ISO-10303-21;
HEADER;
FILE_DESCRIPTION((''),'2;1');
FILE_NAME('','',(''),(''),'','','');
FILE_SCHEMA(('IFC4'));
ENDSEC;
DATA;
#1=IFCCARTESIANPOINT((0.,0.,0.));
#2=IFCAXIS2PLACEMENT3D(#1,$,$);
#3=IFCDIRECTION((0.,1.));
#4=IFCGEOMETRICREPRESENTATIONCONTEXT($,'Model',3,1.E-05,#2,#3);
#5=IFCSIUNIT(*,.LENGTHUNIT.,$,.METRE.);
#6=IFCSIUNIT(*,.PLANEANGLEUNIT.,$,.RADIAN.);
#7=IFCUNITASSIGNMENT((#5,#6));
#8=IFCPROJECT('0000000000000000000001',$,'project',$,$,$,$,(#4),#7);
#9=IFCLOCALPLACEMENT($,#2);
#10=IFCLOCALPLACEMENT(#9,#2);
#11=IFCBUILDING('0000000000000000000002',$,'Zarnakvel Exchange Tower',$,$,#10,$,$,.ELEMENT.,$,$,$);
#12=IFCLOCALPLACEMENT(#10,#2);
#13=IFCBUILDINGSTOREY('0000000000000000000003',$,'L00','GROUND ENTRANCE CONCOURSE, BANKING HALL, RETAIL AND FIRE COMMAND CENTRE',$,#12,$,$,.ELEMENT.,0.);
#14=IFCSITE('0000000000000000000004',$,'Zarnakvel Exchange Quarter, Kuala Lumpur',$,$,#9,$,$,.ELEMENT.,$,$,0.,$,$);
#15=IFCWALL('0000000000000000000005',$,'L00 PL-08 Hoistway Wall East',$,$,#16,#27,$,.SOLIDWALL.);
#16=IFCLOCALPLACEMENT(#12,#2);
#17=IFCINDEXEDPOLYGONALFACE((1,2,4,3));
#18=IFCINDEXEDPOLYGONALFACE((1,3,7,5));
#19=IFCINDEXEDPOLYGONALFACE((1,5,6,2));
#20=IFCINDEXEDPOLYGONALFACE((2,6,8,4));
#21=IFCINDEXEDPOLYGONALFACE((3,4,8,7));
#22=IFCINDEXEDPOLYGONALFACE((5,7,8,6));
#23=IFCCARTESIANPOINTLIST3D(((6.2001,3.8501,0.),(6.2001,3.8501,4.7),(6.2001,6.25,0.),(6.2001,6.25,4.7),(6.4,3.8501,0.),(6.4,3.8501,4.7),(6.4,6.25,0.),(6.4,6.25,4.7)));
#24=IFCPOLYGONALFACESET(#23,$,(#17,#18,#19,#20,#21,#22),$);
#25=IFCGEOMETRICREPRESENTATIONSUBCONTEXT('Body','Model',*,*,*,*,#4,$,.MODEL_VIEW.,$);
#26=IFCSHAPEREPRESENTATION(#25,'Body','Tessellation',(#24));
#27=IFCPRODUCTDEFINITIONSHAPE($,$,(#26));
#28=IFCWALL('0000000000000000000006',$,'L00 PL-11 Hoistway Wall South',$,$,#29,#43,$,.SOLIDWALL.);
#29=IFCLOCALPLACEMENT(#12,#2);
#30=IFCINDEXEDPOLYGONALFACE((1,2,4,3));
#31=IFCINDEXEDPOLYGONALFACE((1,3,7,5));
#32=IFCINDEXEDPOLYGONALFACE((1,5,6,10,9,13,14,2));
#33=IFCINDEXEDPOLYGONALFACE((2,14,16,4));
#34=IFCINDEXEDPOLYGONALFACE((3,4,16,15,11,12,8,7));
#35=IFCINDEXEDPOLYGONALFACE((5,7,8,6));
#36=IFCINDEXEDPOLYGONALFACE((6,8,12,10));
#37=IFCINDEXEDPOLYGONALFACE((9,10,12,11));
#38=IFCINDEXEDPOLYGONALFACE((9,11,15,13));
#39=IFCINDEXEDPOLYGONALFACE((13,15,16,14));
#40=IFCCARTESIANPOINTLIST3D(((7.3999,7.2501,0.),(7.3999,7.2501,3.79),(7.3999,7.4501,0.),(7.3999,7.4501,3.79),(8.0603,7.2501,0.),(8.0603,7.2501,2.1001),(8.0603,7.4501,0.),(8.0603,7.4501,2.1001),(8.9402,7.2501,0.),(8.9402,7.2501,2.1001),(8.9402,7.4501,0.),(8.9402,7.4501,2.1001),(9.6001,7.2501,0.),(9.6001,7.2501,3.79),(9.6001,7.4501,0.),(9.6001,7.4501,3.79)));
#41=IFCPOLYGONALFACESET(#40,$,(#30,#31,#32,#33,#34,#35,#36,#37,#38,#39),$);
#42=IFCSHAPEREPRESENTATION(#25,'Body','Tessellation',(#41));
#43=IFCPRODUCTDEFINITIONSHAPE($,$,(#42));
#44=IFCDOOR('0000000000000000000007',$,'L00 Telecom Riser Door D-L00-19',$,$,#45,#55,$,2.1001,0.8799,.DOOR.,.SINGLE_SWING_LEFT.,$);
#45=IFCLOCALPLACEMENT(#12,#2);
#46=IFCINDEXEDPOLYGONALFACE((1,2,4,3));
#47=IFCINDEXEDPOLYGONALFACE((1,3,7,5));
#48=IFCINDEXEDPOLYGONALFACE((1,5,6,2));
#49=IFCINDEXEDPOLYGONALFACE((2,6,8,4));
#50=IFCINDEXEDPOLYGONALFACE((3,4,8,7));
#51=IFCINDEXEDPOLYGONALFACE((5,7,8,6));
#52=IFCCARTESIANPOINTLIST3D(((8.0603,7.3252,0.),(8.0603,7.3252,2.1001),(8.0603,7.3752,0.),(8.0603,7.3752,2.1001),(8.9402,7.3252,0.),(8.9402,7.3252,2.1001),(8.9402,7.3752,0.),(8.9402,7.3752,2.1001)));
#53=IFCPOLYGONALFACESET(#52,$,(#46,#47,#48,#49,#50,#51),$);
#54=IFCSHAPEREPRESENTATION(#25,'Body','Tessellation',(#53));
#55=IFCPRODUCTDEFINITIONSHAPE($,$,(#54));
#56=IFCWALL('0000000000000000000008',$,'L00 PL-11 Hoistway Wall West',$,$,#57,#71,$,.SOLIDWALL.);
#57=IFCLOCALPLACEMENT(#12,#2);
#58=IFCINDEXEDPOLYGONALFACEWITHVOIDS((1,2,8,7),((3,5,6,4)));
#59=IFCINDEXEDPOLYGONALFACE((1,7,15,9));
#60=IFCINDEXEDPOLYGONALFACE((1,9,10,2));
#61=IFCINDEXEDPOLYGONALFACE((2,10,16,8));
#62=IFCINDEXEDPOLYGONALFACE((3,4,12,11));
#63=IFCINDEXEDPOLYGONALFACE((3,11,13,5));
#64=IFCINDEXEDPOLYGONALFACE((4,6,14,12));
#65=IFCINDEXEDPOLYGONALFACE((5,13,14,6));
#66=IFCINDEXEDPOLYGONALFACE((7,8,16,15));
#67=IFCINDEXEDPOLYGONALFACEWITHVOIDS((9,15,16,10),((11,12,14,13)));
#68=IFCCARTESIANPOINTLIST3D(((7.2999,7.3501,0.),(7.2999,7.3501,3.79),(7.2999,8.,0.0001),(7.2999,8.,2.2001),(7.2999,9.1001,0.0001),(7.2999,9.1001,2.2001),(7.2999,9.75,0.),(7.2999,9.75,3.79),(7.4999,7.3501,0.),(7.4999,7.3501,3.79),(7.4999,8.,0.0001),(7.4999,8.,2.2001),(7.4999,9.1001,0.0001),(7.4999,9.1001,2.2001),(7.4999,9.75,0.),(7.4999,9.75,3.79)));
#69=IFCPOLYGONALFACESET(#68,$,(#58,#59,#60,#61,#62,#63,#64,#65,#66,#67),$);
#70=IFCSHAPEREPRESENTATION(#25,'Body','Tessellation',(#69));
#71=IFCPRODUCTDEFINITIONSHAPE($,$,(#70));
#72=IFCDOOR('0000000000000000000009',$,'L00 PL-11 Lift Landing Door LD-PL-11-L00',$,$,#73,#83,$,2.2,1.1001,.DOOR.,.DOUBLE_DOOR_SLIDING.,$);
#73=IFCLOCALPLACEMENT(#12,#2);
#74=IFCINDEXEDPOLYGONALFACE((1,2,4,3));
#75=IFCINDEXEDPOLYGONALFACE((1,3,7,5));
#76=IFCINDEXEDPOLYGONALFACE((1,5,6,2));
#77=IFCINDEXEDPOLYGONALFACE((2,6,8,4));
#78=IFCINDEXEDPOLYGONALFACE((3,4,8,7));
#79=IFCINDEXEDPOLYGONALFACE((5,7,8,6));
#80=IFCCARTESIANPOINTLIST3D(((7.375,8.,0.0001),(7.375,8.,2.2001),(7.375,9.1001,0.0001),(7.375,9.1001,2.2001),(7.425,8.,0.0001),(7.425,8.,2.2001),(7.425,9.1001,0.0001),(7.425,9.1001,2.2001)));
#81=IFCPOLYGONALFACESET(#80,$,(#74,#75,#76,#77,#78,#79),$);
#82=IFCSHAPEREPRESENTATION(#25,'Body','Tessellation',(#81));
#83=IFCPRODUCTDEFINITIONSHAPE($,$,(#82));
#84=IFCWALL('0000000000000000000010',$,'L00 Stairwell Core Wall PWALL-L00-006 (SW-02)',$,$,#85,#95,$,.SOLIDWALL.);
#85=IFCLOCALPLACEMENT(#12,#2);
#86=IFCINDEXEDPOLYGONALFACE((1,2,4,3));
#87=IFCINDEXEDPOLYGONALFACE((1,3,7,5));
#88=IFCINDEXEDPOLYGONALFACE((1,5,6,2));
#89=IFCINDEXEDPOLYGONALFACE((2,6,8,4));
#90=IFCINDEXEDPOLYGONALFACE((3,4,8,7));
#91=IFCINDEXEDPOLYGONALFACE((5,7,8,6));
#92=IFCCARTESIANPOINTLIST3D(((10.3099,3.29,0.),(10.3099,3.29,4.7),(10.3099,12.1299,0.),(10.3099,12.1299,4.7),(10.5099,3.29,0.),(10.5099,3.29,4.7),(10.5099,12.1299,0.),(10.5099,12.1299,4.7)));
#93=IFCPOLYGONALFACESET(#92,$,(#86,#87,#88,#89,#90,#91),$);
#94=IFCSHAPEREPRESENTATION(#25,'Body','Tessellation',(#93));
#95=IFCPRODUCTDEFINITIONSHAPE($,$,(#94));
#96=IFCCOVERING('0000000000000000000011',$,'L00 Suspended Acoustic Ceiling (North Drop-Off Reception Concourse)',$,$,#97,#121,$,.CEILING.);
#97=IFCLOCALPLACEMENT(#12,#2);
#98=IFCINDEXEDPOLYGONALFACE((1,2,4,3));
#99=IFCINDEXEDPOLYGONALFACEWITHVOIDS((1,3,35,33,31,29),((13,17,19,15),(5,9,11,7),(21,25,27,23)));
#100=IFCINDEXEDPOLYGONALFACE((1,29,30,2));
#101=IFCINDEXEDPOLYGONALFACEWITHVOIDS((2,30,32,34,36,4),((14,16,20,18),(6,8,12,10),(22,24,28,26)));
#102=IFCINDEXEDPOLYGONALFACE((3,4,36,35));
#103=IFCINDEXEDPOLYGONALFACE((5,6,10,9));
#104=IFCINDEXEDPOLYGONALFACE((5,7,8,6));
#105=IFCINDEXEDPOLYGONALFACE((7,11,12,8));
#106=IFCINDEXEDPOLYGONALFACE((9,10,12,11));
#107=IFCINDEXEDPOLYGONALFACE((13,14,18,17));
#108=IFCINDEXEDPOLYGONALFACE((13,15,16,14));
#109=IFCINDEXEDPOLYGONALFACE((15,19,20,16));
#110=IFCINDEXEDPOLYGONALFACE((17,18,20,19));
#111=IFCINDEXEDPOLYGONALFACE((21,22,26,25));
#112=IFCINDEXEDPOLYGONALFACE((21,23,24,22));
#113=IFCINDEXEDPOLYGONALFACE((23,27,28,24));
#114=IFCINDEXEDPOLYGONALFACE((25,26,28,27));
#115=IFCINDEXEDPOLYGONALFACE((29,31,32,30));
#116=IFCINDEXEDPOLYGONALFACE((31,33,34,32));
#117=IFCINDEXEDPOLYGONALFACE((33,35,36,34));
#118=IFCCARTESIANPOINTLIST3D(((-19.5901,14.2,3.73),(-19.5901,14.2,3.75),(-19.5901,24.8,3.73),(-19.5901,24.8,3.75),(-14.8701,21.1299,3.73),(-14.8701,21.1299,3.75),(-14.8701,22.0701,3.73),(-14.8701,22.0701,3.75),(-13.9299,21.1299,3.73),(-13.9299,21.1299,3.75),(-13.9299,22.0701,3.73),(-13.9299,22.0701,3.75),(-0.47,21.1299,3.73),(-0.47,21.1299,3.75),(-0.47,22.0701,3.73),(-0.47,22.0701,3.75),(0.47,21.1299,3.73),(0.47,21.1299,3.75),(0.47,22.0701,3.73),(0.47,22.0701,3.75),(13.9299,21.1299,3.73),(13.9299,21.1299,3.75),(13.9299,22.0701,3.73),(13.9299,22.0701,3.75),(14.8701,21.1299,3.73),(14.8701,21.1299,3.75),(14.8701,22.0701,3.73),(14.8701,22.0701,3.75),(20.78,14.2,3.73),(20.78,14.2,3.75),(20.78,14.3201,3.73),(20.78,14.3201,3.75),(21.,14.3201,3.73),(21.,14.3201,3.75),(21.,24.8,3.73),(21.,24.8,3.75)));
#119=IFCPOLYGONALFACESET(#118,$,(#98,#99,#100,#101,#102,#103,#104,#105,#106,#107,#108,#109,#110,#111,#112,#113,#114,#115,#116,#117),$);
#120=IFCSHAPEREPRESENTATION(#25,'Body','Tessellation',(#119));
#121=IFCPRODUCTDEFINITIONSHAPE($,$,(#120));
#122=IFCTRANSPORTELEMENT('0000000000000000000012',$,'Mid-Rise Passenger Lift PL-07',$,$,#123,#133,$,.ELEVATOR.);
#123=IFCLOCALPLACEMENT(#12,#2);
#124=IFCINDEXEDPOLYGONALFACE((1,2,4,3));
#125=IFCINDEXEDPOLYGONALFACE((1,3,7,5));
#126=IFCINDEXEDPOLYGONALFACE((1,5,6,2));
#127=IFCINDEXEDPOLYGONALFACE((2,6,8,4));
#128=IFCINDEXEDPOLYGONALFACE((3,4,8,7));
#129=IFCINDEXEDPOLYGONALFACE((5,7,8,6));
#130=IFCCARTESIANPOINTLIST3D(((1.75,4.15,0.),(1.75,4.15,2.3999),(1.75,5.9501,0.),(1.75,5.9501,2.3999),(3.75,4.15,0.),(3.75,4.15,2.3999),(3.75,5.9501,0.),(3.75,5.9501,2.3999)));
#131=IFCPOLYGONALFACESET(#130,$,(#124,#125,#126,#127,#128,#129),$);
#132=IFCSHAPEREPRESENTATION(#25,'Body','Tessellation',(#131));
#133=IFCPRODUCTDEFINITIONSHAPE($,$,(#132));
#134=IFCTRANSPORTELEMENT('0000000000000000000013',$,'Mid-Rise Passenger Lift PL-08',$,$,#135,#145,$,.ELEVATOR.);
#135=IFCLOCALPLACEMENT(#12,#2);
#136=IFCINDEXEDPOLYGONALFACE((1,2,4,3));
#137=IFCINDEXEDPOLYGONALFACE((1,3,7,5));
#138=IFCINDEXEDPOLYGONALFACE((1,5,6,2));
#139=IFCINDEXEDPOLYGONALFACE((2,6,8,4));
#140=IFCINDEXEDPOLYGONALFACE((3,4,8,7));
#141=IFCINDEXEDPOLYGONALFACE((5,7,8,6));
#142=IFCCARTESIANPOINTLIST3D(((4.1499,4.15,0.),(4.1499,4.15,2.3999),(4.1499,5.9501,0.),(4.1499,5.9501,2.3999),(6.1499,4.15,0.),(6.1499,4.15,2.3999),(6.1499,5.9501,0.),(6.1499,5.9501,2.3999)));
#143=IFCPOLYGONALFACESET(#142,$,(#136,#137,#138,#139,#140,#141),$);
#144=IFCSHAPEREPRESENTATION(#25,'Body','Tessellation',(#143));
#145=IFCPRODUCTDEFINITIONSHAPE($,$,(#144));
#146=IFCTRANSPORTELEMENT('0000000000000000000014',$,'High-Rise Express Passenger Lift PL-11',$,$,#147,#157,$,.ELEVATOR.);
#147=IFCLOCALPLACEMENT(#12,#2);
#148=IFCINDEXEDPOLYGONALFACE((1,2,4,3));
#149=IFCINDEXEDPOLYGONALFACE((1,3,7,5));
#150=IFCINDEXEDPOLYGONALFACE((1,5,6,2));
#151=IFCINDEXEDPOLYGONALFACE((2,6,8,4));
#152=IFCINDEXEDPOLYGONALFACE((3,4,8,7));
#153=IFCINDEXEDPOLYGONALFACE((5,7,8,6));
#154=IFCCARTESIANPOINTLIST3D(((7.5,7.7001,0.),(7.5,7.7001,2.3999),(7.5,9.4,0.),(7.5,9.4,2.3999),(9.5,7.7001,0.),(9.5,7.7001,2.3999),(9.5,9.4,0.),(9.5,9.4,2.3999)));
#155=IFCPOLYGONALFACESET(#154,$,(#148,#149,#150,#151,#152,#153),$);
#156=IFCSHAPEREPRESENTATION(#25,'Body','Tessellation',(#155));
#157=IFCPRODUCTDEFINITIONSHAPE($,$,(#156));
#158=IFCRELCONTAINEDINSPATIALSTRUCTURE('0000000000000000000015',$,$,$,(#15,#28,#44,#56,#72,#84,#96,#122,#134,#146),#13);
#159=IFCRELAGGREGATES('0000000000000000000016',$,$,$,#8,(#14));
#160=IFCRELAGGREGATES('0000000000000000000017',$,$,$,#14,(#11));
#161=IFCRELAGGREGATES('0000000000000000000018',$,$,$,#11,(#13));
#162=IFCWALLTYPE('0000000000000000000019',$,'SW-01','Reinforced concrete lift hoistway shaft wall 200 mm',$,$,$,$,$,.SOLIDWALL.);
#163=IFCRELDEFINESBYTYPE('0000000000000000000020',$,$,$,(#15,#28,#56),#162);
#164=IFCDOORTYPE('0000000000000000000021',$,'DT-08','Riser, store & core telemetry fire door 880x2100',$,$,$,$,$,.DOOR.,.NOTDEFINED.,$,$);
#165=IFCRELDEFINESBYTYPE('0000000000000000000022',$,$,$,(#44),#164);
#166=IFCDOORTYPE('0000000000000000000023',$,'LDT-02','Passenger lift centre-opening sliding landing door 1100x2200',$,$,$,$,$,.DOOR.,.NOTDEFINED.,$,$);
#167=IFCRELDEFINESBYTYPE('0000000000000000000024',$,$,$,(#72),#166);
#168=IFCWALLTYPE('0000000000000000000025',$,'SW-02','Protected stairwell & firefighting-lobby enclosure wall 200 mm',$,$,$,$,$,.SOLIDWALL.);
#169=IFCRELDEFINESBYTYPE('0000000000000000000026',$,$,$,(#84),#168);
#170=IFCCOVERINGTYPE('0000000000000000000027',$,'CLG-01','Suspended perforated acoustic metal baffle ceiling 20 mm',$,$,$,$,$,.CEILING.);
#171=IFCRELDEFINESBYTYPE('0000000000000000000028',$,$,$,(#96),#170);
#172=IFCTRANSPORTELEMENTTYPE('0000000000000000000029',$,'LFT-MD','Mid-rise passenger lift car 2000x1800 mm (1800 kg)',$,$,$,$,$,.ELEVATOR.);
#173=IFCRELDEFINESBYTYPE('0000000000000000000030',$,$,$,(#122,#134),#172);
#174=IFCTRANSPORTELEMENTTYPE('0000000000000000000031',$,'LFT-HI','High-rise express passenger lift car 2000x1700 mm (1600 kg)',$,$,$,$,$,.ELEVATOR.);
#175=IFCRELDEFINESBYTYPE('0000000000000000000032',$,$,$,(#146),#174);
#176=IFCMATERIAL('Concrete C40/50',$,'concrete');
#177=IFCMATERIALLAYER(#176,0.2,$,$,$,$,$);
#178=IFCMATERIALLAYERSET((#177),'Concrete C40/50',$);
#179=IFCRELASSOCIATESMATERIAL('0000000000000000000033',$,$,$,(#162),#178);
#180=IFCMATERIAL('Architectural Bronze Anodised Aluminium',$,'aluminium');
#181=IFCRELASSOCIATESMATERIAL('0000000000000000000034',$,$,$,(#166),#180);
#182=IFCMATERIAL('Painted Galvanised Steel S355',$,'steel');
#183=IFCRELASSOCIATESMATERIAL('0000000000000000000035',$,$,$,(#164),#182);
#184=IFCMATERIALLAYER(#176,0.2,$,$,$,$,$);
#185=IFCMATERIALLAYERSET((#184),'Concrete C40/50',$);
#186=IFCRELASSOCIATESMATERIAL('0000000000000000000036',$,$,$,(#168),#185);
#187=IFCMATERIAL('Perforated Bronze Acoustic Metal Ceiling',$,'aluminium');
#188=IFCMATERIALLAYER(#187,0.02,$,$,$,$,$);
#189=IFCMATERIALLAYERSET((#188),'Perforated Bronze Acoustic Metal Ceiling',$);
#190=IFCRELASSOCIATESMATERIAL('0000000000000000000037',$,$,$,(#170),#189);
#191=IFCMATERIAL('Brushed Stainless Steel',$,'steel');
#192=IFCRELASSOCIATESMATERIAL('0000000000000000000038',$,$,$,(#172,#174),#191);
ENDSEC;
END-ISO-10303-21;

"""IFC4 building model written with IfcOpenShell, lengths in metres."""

from ifc_helpers import new_model, si_unit, direction, frame, frame_2d, origin, origin_2d, place, context, subcontext, project, spatial, polyline, rectangle, outline, extrude, source, transform, mapped, material, layer, layer_set, type_object, element, fill, save


model = new_model("IFC4")

# Units and contexts
model_context = context("Model", 3, precision=1e-05, world=origin(), true_north=direction((0.0, 1.0)))
body_context = subcontext(model_context, "Body", "Model", "MODEL_VIEW")
ifc_project = project(units=[si_unit("LENGTHUNIT", "METRE"), si_unit("PLANEANGLEUNIT", "RADIAN")], contexts=[model_context])

# Site, building, storey
site_placement = place(None, origin())
site = spatial("IfcSite", under=ifc_project, at=site_placement, Name="Zarnakvel Exchange Quarter, Kuala Lumpur", CompositionType="ELEMENT", RefElevation=0.0)
building_placement = place(site_placement, origin())
building = spatial("IfcBuilding", under=site, at=building_placement, Name="Zarnakvel Exchange Tower", CompositionType="ELEMENT")
storey_placement = place(building_placement, origin())
storey = spatial("IfcBuildingStorey", under=building, at=storey_placement, Name="L00", Description="GROUND ENTRANCE CONCOURSE, BANKING HALL, RETAIL AND FIRE COMMAND CENTRE", CompositionType="ELEMENT", Elevation=0.0)

# Shared definitions
ifc_material_1 = material(Name="Concrete C40/50", Category="concrete")
ifc_layer_1 = layer(ifc_material_1, 0.2)
ifc_layer_set_1 = layer_set([ifc_layer_1], Name="Concrete C40/50")
wall_type_1 = type_object("IfcWallType", Name="SW-01", Description="Reinforced concrete lift hoistway shaft wall 200 mm", PredefinedType="SOLIDWALL", material=ifc_layer_set_1)
ifc_material_2 = material(Name="Brushed Stainless Steel", Category="steel")
shared_shape_1 = source(origin(), body_context, "Body", "SweptSolid", [
    extrude(rectangle(XDim=1.1001, YDim=2.2, at=frame_2d((0.55, 1.1001))), frame((0.0, 0.0249, 0.0), z_axis=(0.0, -1.0, 0.0), x_axis=(1.0, 0.0, 0.0)), (0.0, 0.0, 1.0), 0.05),
])

# Shared definitions
ifc_material_3 = material(Name="Architectural Bronze Anodised Aluminium", Category="aluminium")
door_type_1 = type_object("IfcDoorType", Name="LDT-02", Description="Passenger lift centre-opening sliding landing door 1100x2200", OperationType="NOTDEFINED", PredefinedType="DOOR", material=ifc_material_3)

# Wall
wall_1_placement = place(storey_placement, frame((6.3, 6.25, 0.0), z_axis=(0.0, 0.0, 1.0), x_axis=(0.0, -1.0, 0.0)))
element("IfcWall", 1, at=wall_1_placement, inside=storey, type_object=wall_type_1, Name="L00 PL-08 Hoistway Wall East", PredefinedType="SOLIDWALL", context=body_context, shape_type="SweptSolid", body=[
    extrude(rectangle(XDim=2.3999, YDim=0.2, at=frame_2d((1.2, 0.0))), origin(), (0.0, 0.0, 1.0), 4.7),
])

# Walls, openings, doors
wall_2_placement = place(storey_placement, frame((9.6001, 7.3501, 0.0), z_axis=(0.0, 0.0, 1.0), x_axis=(-1.0, 0.0, 0.0)))
wall_2 = element("IfcWall", 2, at=wall_2_placement, inside=storey, type_object=wall_type_1, Name="L00 PL-11 Hoistway Wall South", PredefinedType="SOLIDWALL", context=body_context, shape_type="SweptSolid", body=[
    extrude(rectangle(XDim=2.2002, YDim=0.2, at=frame_2d((1.1001, 0.0))), origin(), (0.0, 0.0, 1.0), 3.79),
])
opening_1_placement = place(wall_2_placement, frame((0.6599, 0.0, 0.0)))
opening_1 = element("IfcOpeningElement", 3, at=opening_1_placement, cuts=wall_2, PredefinedType="OPENING", context=body_context, shape_type="SweptSolid", body=[
    extrude(rectangle(XDim=0.8799, YDim=2.1001, at=frame_2d((0.4399, 1.05))), frame((0.0, 0.1099, 0.0), z_axis=(0.0, -1.0, 0.0), x_axis=(1.0, 0.0, 0.0)), (0.0, 0.0, 1.0), 0.22),
])
ifc_material_4 = material(Name="Painted Galvanised Steel S355", Category="steel")
door_type_2 = type_object("IfcDoorType", Name="DT-08", Description="Riser, store & core telemetry fire door 880x2100", OperationType="NOTDEFINED", PredefinedType="DOOR", material=ifc_material_4)
shared_shape_2 = source(origin(), body_context, "Body", "SweptSolid", [
    extrude(rectangle(XDim=0.8799, YDim=2.1001, at=frame_2d((0.4399, 1.05))), frame((0.0, 0.0249, 0.0), z_axis=(0.0, -1.0, 0.0), x_axis=(1.0, 0.0, 0.0)), (0.0, 0.0, 1.0), 0.05),
])
door_1_placement = place(opening_1_placement, origin())
door_1 = element("IfcDoor", 4, at=door_1_placement, inside=storey, type_object=door_type_2, Name="L00 Telecom Riser Door D-L00-19", OperationType="SINGLE_SWING_LEFT", OverallHeight=2.1001, OverallWidth=0.8799, PredefinedType="DOOR", context=body_context, shape_type="MappedRepresentation", body=[
    mapped(shared_shape_2, transform((0.0, 0.0, 0.0), x_axis=(1.0, 0.0, 0.0), y_axis=(0.0, 1.0, 0.0), z_axis=(0.0, 0.0, 1.0), scale=1.0)),
])
fill(opening_1, door_1)
wall_3_placement = place(storey_placement, frame((7.3999, 7.3501, 0.0), z_axis=(0.0, 0.0, 1.0), x_axis=(0.0, 1.0, 0.0)))
wall_3 = element("IfcWall", 5, at=wall_3_placement, inside=storey, type_object=wall_type_1, Name="L00 PL-11 Hoistway Wall West", PredefinedType="SOLIDWALL", context=body_context, shape_type="SweptSolid", body=[
    extrude(rectangle(XDim=2.3999, YDim=0.2, at=frame_2d((1.2, 0.0))), origin(), (0.0, 0.0, 1.0), 3.79),
])
opening_2_placement = place(wall_3_placement, frame((0.6499, 0.0, 0.0)))
opening_2 = element("IfcOpeningElement", 6, at=opening_2_placement, cuts=wall_3, PredefinedType="OPENING", context=body_context, shape_type="SweptSolid", body=[
    extrude(rectangle(XDim=1.1001, YDim=2.2, at=frame_2d((0.55, 1.1001))), frame((0.0, 0.1099, 0.0), z_axis=(0.0, -1.0, 0.0), x_axis=(1.0, 0.0, 0.0)), (0.0, 0.0, 1.0), 0.22),
])
door_2_placement = place(opening_2_placement, origin())
door_2 = element("IfcDoor", 7, at=door_2_placement, inside=storey, type_object=door_type_1, Name="L00 PL-11 Lift Landing Door LD-PL-11-L00", OperationType="DOUBLE_DOOR_SLIDING", OverallHeight=2.2, OverallWidth=1.1001, PredefinedType="DOOR", context=body_context, shape_type="MappedRepresentation", body=[
    mapped(shared_shape_1, transform((0.0, 0.0, 0.0), x_axis=(1.0, 0.0, 0.0), y_axis=(0.0, 1.0, 0.0), z_axis=(0.0, 0.0, 1.0), scale=1.0)),
])
fill(opening_2, door_2)

# Wall
ifc_layer_2 = layer(ifc_material_1, 0.2)
ifc_layer_set_2 = layer_set([ifc_layer_2], Name="Concrete C40/50")
wall_type_2 = type_object("IfcWallType", Name="SW-02", Description="Protected stairwell & firefighting-lobby enclosure wall 200 mm", PredefinedType="SOLIDWALL", material=ifc_layer_set_2)
wall_4_placement = place(storey_placement, frame((10.4099, 3.29, 0.0), z_axis=(0.0, 0.0, 1.0), x_axis=(0.0, 1.0, 0.0)))
element("IfcWall", 8, at=wall_4_placement, inside=storey, type_object=wall_type_2, Name="L00 Stairwell Core Wall PWALL-L00-006 (SW-02)", PredefinedType="SOLIDWALL", context=body_context, shape_type="SweptSolid", body=[
    extrude(rectangle(XDim=8.8398, YDim=0.2, at=frame_2d((4.4199, 0.0))), origin(), (0.0, 0.0, 1.0), 4.7),
])

# Covering
ifc_material_5 = material(Name="Perforated Bronze Acoustic Metal Ceiling", Category="aluminium")
ifc_layer_3 = layer(ifc_material_5, 0.02)
ifc_layer_set_3 = layer_set([ifc_layer_3], Name="Perforated Bronze Acoustic Metal Ceiling")
covering_type = type_object("IfcCoveringType", Name="CLG-01", Description="Suspended perforated acoustic metal baffle ceiling 20 mm", PredefinedType="CEILING", material=ifc_layer_set_3)
covering_placement = place(storey_placement, frame((0.0, 0.0, 3.73)))
element("IfcCovering", 9, at=covering_placement, inside=storey, type_object=covering_type, Name="L00 Suspended Acoustic Ceiling (North Drop-Off Reception Concourse)", PredefinedType="CEILING", context=body_context, shape_type="SweptSolid", body=[
    extrude(outline(polyline([(21.0, 24.8), (21.0, 14.3201), (20.78, 14.3201), (20.78, 14.2), (-19.5901, 14.2), (-19.5901, 24.8), (21.0, 24.8)]), holes=[polyline([(13.9299, 21.1299), (14.8701, 21.1299), (14.8701, 22.0701), (13.9299, 22.0701), (13.9299, 21.1299)]), polyline([(-0.47, 21.1299), (0.47, 21.1299), (0.47, 22.0701), (-0.47, 22.0701), (-0.47, 21.1299)]), polyline([(-13.9299, 21.1299), (-13.9299, 22.0701), (-14.8701, 22.0701), (-14.8701, 21.1299), (-13.9299, 21.1299)])]), origin(), (0.0, 0.0, 1.0), 0.02),
])

# Transport elements
transport_element_type_1 = type_object("IfcTransportElementType", Name="LFT-MD", Description="Mid-rise passenger lift car 2000x1800 mm (1800 kg)", PredefinedType="ELEVATOR", material=ifc_material_2)
shared_shape_3 = source(origin(), body_context, "Body", "SweptSolid", [
    extrude(rectangle(XDim=2.0, YDim=1.8, at=origin_2d()), origin(), (0.0, 0.0, 1.0), 2.3999),
])
for number, where, z_axis, x_axis, name in (
    (10, (2.75, 5.05, 0.0), (0.0, 0.0, 1.0), (1.0, 0.0, 0.0), "Mid-Rise Passenger Lift PL-07"),
    (11, (5.1499, 5.05, 0.0), (0.0, 0.0, 1.0), (1.0, 0.0, 0.0), "Mid-Rise Passenger Lift PL-08"),
):
    element("IfcTransportElement", number, at=place(storey_placement, frame(where, z_axis=z_axis, x_axis=x_axis)), inside=storey, type_object=transport_element_type_1, Name=name, PredefinedType="ELEVATOR", context=body_context, shape_type="MappedRepresentation", body=[
        mapped(shared_shape_3, transform((0.0, 0.0, 0.0), x_axis=(1.0, 0.0, 0.0), y_axis=(0.0, 1.0, 0.0), z_axis=(0.0, 0.0, 1.0), scale=1.0)),
    ])
transport_element_type_2 = type_object("IfcTransportElementType", Name="LFT-HI", Description="High-rise express passenger lift car 2000x1700 mm (1600 kg)", PredefinedType="ELEVATOR", material=ifc_material_2)
shared_shape_4 = source(origin(), body_context, "Body", "SweptSolid", [
    extrude(rectangle(XDim=2.0, YDim=1.7, at=origin_2d()), origin(), (0.0, 0.0, 1.0), 2.3999),
])
transport_element_placement = place(storey_placement, frame((8.5, 8.55, 0.0), z_axis=(0.0, 0.0, 1.0), x_axis=(1.0, 0.0, 0.0)))
element("IfcTransportElement", 12, at=transport_element_placement, inside=storey, type_object=transport_element_type_2, Name="High-Rise Express Passenger Lift PL-11", PredefinedType="ELEVATOR", context=body_context, shape_type="MappedRepresentation", body=[
    mapped(shared_shape_4, transform((0.0, 0.0, 0.0), x_axis=(1.0, 0.0, 0.0), y_axis=(0.0, 1.0, 0.0), z_axis=(0.0, 0.0, 1.0), scale=1.0)),
])

save(model, "model.ifc")
